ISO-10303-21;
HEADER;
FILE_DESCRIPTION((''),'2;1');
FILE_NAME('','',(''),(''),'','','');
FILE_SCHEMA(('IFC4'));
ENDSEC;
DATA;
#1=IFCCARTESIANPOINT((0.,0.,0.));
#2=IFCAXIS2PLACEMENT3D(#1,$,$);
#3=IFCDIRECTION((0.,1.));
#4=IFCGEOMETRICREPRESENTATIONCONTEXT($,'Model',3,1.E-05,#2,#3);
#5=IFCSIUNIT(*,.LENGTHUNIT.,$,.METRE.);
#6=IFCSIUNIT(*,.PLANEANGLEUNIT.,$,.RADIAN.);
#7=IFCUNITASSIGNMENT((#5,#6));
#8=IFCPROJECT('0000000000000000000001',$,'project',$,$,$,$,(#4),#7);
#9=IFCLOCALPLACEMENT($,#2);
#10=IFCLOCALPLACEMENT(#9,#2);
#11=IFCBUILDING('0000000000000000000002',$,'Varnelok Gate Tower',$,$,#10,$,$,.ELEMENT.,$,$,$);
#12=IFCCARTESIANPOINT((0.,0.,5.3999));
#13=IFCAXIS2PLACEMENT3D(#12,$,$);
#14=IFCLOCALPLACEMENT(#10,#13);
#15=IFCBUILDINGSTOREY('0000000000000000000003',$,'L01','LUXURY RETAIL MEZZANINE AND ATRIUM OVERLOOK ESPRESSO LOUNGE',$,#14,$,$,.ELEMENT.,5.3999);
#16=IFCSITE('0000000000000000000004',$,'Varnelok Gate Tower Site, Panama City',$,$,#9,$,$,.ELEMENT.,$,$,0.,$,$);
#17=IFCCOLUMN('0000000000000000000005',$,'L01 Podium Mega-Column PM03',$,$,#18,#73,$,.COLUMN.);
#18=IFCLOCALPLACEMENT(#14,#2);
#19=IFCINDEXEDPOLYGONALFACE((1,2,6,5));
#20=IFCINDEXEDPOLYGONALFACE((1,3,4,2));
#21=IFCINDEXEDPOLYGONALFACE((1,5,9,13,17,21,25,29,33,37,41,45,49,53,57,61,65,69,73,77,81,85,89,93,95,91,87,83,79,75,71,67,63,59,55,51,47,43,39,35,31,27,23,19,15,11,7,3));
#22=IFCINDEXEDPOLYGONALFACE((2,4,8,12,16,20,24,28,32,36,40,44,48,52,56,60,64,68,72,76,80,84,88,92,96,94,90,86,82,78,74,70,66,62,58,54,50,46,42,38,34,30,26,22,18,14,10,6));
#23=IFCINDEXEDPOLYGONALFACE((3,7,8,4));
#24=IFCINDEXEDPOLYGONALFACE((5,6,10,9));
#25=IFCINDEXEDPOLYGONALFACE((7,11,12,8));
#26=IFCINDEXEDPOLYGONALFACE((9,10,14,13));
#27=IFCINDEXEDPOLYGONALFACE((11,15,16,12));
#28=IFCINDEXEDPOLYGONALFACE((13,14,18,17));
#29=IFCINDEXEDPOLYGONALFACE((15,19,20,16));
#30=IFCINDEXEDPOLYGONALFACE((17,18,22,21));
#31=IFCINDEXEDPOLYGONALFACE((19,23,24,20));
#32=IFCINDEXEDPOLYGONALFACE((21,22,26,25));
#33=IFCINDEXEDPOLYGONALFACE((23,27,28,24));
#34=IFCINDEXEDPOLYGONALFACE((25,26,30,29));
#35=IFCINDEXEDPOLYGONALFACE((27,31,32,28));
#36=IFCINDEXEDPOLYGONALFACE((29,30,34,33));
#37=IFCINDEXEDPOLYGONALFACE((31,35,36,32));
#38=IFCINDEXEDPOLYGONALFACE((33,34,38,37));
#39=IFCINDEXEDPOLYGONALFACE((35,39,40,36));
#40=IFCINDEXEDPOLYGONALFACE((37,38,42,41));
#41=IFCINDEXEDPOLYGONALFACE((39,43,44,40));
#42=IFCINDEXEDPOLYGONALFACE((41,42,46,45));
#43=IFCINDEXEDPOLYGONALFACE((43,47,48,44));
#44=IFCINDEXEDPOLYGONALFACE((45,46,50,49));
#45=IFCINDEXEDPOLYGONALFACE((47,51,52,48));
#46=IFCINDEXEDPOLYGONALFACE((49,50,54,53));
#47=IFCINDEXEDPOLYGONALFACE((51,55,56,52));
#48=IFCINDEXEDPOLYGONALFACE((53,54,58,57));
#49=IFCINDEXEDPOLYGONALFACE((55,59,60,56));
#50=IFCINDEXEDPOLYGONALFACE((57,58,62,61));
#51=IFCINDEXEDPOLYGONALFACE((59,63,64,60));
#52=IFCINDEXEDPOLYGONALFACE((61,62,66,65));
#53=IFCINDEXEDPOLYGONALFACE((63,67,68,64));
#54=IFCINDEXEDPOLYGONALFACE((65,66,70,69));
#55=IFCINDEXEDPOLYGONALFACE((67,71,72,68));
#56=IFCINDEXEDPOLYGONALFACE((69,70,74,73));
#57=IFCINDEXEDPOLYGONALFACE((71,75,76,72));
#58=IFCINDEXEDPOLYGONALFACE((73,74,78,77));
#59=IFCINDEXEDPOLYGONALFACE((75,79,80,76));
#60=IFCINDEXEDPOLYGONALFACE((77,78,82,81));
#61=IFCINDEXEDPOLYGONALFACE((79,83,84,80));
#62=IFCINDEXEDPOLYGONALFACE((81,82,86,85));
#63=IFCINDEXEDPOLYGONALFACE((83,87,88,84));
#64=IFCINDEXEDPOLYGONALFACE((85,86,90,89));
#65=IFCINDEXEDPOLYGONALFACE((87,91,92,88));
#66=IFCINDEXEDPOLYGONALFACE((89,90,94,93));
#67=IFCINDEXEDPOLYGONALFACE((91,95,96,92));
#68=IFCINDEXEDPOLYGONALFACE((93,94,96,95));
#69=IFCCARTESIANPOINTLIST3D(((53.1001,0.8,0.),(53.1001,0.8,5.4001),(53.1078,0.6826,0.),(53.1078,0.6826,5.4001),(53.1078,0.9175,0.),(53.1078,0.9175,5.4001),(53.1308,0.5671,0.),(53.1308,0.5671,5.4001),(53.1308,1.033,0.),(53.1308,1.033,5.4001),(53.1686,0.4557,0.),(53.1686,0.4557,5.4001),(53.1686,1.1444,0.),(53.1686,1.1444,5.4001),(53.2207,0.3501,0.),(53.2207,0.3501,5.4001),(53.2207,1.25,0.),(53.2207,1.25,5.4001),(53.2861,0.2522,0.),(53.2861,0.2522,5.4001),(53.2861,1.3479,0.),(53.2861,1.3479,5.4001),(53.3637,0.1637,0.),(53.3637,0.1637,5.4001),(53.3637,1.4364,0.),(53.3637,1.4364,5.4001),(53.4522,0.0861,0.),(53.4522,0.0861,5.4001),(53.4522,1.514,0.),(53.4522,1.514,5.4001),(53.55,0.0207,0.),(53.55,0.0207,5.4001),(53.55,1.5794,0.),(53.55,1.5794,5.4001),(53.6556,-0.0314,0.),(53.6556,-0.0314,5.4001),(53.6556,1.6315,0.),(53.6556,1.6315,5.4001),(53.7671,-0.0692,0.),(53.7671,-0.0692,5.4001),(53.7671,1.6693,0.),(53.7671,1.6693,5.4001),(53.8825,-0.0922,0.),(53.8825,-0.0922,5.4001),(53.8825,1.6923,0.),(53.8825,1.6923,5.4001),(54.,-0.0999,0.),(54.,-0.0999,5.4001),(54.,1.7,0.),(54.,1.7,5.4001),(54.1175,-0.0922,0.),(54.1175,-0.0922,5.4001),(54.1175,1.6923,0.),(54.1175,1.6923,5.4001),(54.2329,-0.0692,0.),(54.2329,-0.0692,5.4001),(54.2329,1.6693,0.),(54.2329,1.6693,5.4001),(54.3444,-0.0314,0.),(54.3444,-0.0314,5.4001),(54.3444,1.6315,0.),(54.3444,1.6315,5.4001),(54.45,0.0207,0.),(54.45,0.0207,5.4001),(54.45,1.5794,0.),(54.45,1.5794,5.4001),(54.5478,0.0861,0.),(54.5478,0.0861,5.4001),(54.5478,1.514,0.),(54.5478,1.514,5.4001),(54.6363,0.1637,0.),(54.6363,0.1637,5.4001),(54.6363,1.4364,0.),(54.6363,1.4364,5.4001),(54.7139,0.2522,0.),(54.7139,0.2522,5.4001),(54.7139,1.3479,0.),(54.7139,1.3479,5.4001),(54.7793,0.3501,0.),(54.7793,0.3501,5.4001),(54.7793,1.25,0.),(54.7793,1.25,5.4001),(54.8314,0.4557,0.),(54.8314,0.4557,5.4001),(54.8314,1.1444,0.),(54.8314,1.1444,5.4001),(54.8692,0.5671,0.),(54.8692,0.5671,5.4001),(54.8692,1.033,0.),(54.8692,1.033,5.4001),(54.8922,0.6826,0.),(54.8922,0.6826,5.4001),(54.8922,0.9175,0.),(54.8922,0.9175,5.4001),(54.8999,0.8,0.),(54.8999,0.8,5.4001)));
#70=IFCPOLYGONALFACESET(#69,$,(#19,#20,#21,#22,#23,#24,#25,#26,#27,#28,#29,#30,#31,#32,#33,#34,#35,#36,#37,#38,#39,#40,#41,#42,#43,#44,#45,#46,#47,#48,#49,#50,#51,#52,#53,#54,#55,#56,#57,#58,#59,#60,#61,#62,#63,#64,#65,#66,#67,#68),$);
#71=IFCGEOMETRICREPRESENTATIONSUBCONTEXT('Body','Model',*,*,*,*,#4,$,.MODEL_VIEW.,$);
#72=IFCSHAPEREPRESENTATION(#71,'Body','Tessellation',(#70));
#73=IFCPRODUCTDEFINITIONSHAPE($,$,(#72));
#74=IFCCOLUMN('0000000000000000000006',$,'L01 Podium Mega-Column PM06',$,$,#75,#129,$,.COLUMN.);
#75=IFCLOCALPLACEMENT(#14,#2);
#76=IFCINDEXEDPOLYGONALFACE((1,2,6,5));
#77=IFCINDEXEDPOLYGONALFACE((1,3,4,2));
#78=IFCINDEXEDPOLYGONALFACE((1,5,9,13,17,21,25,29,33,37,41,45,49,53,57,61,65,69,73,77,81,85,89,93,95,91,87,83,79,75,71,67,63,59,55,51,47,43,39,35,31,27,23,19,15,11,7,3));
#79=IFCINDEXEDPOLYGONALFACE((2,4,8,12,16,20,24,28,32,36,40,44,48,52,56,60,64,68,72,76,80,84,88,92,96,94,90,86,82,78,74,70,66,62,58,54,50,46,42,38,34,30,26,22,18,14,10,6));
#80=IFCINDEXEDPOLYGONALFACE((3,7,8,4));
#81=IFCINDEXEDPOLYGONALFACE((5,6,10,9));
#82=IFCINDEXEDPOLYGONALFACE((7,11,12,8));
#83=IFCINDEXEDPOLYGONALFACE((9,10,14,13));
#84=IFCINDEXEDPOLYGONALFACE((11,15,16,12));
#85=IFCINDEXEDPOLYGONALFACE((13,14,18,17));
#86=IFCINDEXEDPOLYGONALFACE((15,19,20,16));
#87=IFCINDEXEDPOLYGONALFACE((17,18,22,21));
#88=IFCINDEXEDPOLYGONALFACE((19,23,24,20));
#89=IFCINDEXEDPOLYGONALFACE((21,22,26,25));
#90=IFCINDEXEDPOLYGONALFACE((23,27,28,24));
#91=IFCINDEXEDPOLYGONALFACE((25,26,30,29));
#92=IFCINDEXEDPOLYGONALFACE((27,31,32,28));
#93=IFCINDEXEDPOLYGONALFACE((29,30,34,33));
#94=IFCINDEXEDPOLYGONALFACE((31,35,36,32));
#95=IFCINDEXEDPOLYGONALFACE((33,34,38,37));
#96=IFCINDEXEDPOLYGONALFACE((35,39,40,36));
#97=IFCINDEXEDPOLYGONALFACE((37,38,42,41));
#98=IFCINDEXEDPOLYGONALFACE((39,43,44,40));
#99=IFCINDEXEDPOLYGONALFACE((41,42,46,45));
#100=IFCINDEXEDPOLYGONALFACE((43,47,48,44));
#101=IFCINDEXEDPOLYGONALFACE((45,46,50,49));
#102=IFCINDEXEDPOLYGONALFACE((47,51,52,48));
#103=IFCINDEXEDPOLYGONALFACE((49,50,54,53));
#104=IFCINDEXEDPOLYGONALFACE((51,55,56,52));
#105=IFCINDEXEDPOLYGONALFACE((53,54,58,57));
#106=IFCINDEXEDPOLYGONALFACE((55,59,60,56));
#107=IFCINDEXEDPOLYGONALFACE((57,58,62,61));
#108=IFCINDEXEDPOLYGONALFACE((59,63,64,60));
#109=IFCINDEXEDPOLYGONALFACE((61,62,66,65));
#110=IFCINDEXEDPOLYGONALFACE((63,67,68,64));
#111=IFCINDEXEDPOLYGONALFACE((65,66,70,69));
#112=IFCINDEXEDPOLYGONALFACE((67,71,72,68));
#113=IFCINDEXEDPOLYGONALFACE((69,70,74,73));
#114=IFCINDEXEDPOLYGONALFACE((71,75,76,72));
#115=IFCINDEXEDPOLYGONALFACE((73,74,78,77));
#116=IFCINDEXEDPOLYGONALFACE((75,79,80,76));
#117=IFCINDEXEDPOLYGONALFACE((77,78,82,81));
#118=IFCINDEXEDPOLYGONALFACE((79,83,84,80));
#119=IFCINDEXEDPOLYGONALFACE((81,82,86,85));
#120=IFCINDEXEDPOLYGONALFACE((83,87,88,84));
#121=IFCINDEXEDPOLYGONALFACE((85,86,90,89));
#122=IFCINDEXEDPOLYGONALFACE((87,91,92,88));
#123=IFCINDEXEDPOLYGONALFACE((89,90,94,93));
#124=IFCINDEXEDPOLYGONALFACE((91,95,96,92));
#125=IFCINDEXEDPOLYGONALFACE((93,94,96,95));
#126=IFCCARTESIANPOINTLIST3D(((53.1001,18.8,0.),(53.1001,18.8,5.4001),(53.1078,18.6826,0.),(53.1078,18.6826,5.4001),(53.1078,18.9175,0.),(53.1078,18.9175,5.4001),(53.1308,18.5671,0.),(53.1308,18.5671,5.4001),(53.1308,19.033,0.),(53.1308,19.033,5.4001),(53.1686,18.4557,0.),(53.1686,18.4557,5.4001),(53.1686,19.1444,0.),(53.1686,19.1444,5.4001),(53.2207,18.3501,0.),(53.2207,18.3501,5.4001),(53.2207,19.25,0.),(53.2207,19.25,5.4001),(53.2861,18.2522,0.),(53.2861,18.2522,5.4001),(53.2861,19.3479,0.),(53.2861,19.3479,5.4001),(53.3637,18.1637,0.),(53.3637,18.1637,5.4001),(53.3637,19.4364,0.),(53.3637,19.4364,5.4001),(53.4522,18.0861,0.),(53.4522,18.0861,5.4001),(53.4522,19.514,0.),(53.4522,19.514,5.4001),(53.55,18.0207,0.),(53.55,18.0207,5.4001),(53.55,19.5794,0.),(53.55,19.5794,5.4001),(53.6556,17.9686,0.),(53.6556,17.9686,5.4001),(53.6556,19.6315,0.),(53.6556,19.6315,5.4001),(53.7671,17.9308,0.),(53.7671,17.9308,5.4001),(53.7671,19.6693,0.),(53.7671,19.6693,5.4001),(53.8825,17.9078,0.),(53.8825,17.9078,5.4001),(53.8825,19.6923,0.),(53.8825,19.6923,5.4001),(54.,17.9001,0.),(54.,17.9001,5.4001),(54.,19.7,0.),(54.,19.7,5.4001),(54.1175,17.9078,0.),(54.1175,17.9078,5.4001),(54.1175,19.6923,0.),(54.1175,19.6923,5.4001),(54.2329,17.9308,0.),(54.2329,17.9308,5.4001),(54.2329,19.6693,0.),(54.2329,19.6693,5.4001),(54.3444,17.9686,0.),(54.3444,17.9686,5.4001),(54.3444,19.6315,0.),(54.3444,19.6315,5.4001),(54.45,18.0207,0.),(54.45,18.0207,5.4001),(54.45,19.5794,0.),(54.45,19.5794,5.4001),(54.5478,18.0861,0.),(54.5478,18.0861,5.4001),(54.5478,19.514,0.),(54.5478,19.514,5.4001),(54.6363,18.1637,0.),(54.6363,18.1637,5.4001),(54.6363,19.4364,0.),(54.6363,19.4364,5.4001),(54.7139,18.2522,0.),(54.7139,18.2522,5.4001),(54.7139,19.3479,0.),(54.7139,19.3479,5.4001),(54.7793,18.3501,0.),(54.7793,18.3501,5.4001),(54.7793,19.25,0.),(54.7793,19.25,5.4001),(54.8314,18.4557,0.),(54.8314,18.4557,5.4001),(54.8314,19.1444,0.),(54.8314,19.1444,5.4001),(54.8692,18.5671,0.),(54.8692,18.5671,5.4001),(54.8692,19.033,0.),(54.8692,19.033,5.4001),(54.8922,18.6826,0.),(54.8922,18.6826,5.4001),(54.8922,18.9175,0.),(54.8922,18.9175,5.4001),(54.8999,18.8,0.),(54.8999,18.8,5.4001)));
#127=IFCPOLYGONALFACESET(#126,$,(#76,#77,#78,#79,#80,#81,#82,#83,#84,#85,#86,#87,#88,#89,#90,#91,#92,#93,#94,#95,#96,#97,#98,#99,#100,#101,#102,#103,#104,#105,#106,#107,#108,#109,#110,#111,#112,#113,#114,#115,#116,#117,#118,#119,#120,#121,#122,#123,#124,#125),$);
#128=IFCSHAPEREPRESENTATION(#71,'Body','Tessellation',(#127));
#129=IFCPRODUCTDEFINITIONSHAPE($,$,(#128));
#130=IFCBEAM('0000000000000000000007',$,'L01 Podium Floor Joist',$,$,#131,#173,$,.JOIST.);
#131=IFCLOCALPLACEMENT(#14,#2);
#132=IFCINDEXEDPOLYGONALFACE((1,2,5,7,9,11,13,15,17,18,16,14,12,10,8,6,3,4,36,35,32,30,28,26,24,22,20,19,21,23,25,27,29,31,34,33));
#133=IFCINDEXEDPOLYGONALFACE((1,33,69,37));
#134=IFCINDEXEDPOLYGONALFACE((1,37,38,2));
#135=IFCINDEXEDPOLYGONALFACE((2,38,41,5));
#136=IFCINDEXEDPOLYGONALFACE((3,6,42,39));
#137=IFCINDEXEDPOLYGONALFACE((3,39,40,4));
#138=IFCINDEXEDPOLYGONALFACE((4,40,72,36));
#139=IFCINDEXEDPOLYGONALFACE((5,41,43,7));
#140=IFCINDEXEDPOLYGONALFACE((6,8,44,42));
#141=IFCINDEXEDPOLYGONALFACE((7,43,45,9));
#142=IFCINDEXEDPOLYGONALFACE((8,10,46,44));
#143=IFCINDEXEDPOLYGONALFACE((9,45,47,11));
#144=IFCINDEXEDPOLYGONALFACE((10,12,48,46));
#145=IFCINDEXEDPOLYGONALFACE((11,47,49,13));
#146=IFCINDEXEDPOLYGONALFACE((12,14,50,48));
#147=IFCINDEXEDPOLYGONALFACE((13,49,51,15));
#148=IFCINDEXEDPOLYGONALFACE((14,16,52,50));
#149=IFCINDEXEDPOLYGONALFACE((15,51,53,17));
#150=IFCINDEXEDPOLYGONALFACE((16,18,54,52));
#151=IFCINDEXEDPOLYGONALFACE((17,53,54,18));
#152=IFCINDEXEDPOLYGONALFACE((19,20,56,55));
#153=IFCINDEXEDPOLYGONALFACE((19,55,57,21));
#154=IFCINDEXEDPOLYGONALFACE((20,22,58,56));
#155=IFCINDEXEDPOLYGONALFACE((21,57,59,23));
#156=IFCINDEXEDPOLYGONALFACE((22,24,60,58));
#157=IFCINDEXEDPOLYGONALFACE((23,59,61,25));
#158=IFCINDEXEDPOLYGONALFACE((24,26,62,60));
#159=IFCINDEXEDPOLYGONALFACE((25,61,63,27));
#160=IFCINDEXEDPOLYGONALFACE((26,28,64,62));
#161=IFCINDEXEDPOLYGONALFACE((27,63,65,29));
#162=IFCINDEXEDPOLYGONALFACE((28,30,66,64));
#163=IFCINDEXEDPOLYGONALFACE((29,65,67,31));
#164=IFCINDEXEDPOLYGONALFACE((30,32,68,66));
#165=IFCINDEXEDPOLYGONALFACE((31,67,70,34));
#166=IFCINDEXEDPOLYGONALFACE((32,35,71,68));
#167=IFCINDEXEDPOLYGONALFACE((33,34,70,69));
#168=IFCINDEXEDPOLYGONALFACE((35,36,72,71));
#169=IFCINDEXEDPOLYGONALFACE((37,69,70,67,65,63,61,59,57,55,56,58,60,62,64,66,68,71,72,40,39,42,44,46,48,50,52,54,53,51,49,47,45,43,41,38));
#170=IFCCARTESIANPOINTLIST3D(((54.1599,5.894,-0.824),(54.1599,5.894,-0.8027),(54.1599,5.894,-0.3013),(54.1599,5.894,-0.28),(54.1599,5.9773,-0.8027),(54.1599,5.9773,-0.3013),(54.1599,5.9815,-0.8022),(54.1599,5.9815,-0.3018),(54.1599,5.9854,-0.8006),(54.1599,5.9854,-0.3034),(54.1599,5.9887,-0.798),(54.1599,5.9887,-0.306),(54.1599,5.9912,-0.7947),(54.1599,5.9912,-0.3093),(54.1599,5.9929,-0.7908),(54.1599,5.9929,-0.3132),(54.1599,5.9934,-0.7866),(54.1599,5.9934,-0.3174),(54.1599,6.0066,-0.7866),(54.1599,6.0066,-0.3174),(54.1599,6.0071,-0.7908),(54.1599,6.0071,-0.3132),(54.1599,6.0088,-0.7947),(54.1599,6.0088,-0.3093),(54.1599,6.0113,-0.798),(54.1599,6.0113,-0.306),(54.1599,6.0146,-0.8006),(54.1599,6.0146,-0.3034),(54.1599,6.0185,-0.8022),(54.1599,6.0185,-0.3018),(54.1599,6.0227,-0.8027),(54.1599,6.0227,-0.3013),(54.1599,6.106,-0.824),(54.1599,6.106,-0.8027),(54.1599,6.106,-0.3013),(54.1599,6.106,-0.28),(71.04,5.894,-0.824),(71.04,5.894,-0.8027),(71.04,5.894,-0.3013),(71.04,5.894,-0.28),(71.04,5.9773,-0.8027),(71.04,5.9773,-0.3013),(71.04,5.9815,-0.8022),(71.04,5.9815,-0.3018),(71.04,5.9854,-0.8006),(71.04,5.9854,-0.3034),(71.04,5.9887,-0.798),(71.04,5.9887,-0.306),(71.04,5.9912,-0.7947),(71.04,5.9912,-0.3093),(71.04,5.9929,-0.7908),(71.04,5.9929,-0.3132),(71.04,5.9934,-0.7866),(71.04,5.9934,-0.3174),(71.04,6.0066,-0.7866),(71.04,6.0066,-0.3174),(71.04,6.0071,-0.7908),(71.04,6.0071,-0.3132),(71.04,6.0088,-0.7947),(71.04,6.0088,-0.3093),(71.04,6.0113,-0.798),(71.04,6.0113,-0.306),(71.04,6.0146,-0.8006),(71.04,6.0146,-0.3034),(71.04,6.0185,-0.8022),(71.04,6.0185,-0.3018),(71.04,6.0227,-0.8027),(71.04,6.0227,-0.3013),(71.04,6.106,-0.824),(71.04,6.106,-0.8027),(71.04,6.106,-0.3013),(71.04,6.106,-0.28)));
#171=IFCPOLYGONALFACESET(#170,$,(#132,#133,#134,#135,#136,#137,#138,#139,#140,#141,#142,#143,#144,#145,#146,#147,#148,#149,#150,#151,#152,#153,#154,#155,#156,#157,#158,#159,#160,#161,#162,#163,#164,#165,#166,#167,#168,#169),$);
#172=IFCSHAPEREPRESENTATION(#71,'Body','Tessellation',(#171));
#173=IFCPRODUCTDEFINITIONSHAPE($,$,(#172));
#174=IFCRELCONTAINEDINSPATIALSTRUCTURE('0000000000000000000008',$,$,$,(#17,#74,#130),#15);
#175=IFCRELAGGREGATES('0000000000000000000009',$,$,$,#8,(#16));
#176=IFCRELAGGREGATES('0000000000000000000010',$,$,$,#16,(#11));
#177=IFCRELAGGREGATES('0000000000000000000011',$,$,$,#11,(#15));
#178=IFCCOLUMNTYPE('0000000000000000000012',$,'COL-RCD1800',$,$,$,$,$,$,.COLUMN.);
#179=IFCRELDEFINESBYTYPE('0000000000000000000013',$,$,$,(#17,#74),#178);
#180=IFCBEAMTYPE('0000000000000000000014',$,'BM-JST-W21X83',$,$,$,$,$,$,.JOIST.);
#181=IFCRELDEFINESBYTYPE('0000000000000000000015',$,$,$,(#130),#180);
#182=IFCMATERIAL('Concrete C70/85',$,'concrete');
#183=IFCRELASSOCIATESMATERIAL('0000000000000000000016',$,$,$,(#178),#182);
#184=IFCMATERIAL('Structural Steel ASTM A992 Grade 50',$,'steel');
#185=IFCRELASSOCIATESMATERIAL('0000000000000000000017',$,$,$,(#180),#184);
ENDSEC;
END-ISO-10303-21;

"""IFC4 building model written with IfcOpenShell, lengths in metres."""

from ifc_helpers import new_model, si_unit, direction, frame, origin, origin_2d, place, context, subcontext, project, spatial, circle, i_section, extrude, material, material_profile, profile_set, type_object, element, save


model = new_model("IFC4")

# Units and contexts
model_context = context("Model", 3, precision=1e-05, world=origin(), true_north=direction((0.0, 1.0)))
body_context = subcontext(model_context, "Body", "Model", "MODEL_VIEW")
ifc_project = project(units=[si_unit("LENGTHUNIT", "METRE"), si_unit("PLANEANGLEUNIT", "RADIAN")], contexts=[model_context])

# Site, building, storey
site_placement = place(None, origin())
site = spatial("IfcSite", under=ifc_project, at=site_placement, Name="Varnelok Gate Tower Site, Panama City", CompositionType="ELEMENT", RefElevation=0.0)
building_placement = place(site_placement, origin())
building = spatial("IfcBuilding", under=site, at=building_placement, Name="Varnelok Gate Tower", CompositionType="ELEMENT")
storey_placement = place(building_placement, frame((0.0, 0.0, 5.3999)))
storey = spatial("IfcBuildingStorey", under=building, at=storey_placement, Name="L01", Description="LUXURY RETAIL MEZZANINE AND ATRIUM OVERLOOK ESPRESSO LOUNGE", CompositionType="ELEMENT", Elevation=5.3999)

# Columns
ifc_material_1 = material(Name="Concrete C70/85", Category="concrete")
ifc_material_profile_1 = material_profile(ifc_material_1, circle(Radius=0.8999, at=origin_2d()), Name="RCD1800")
ifc_profile_set_1 = profile_set([ifc_material_profile_1], Name="Concrete C70/85")
column_type = type_object("IfcColumnType", Name="COL-RCD1800", PredefinedType="COLUMN", material=ifc_profile_set_1)
for number, where, z_axis, x_axis, name in (
    (1, (54.0, 0.8, 0.0), (0.0, 0.0, 1.0), (1.0, 0.0, 0.0), "L01 Podium Mega-Column PM03"),
    (2, (54.0, 18.8, 0.0), (0.0, 0.0, 1.0), (1.0, 0.0, 0.0), "L01 Podium Mega-Column PM06"),
):
    element("IfcColumn", number, at=place(storey_placement, frame(where, z_axis=z_axis, x_axis=x_axis)), inside=storey, type_object=column_type, Name=name, PredefinedType="COLUMN", context=body_context, shape_type="SweptSolid", body=[
        extrude(circle(Radius=0.8999, at=origin_2d()), origin(), (0.0, 0.0, 1.0), 5.4001),
    ])

# Beam
ifc_material_2 = material(Name="Structural Steel ASTM A992 Grade 50", Category="steel")
ifc_material_profile_2 = material_profile(ifc_material_2, i_section(OverallWidth=0.2119, OverallDepth=0.5439, WebThickness=0.0132, FlangeThickness=0.0212, FilletRadius=0.0161, at=origin_2d()), Name="W21X83")
ifc_profile_set_2 = profile_set([ifc_material_profile_2], Name="Structural Steel ASTM A992 Grade 50")
beam_type_1 = type_object("IfcBeamType", Name="BM-JST-W21X83", PredefinedType="JOIST", material=ifc_profile_set_2)
for number, where, z_axis, x_axis, name in (
    (3, (54.1599, 6.0, -0.552), (1.0, 0.0, 0.0), (0.0, 1.0, 0.0), "L01 Podium Floor Joist"),
):
    element("IfcBeam", number, at=place(storey_placement, frame(where, z_axis=z_axis, x_axis=x_axis)), inside=storey, type_object=beam_type_1, Name=name, PredefinedType="JOIST", context=body_context, shape_type="SweptSolid", body=[
        extrude(i_section(OverallWidth=0.2119, OverallDepth=0.5439, WebThickness=0.0132, FlangeThickness=0.0212, FilletRadius=0.0161, at=origin_2d()), origin(), (0.0, 0.0, 1.0), 16.8801),
    ])

save(model, "model.ifc")
